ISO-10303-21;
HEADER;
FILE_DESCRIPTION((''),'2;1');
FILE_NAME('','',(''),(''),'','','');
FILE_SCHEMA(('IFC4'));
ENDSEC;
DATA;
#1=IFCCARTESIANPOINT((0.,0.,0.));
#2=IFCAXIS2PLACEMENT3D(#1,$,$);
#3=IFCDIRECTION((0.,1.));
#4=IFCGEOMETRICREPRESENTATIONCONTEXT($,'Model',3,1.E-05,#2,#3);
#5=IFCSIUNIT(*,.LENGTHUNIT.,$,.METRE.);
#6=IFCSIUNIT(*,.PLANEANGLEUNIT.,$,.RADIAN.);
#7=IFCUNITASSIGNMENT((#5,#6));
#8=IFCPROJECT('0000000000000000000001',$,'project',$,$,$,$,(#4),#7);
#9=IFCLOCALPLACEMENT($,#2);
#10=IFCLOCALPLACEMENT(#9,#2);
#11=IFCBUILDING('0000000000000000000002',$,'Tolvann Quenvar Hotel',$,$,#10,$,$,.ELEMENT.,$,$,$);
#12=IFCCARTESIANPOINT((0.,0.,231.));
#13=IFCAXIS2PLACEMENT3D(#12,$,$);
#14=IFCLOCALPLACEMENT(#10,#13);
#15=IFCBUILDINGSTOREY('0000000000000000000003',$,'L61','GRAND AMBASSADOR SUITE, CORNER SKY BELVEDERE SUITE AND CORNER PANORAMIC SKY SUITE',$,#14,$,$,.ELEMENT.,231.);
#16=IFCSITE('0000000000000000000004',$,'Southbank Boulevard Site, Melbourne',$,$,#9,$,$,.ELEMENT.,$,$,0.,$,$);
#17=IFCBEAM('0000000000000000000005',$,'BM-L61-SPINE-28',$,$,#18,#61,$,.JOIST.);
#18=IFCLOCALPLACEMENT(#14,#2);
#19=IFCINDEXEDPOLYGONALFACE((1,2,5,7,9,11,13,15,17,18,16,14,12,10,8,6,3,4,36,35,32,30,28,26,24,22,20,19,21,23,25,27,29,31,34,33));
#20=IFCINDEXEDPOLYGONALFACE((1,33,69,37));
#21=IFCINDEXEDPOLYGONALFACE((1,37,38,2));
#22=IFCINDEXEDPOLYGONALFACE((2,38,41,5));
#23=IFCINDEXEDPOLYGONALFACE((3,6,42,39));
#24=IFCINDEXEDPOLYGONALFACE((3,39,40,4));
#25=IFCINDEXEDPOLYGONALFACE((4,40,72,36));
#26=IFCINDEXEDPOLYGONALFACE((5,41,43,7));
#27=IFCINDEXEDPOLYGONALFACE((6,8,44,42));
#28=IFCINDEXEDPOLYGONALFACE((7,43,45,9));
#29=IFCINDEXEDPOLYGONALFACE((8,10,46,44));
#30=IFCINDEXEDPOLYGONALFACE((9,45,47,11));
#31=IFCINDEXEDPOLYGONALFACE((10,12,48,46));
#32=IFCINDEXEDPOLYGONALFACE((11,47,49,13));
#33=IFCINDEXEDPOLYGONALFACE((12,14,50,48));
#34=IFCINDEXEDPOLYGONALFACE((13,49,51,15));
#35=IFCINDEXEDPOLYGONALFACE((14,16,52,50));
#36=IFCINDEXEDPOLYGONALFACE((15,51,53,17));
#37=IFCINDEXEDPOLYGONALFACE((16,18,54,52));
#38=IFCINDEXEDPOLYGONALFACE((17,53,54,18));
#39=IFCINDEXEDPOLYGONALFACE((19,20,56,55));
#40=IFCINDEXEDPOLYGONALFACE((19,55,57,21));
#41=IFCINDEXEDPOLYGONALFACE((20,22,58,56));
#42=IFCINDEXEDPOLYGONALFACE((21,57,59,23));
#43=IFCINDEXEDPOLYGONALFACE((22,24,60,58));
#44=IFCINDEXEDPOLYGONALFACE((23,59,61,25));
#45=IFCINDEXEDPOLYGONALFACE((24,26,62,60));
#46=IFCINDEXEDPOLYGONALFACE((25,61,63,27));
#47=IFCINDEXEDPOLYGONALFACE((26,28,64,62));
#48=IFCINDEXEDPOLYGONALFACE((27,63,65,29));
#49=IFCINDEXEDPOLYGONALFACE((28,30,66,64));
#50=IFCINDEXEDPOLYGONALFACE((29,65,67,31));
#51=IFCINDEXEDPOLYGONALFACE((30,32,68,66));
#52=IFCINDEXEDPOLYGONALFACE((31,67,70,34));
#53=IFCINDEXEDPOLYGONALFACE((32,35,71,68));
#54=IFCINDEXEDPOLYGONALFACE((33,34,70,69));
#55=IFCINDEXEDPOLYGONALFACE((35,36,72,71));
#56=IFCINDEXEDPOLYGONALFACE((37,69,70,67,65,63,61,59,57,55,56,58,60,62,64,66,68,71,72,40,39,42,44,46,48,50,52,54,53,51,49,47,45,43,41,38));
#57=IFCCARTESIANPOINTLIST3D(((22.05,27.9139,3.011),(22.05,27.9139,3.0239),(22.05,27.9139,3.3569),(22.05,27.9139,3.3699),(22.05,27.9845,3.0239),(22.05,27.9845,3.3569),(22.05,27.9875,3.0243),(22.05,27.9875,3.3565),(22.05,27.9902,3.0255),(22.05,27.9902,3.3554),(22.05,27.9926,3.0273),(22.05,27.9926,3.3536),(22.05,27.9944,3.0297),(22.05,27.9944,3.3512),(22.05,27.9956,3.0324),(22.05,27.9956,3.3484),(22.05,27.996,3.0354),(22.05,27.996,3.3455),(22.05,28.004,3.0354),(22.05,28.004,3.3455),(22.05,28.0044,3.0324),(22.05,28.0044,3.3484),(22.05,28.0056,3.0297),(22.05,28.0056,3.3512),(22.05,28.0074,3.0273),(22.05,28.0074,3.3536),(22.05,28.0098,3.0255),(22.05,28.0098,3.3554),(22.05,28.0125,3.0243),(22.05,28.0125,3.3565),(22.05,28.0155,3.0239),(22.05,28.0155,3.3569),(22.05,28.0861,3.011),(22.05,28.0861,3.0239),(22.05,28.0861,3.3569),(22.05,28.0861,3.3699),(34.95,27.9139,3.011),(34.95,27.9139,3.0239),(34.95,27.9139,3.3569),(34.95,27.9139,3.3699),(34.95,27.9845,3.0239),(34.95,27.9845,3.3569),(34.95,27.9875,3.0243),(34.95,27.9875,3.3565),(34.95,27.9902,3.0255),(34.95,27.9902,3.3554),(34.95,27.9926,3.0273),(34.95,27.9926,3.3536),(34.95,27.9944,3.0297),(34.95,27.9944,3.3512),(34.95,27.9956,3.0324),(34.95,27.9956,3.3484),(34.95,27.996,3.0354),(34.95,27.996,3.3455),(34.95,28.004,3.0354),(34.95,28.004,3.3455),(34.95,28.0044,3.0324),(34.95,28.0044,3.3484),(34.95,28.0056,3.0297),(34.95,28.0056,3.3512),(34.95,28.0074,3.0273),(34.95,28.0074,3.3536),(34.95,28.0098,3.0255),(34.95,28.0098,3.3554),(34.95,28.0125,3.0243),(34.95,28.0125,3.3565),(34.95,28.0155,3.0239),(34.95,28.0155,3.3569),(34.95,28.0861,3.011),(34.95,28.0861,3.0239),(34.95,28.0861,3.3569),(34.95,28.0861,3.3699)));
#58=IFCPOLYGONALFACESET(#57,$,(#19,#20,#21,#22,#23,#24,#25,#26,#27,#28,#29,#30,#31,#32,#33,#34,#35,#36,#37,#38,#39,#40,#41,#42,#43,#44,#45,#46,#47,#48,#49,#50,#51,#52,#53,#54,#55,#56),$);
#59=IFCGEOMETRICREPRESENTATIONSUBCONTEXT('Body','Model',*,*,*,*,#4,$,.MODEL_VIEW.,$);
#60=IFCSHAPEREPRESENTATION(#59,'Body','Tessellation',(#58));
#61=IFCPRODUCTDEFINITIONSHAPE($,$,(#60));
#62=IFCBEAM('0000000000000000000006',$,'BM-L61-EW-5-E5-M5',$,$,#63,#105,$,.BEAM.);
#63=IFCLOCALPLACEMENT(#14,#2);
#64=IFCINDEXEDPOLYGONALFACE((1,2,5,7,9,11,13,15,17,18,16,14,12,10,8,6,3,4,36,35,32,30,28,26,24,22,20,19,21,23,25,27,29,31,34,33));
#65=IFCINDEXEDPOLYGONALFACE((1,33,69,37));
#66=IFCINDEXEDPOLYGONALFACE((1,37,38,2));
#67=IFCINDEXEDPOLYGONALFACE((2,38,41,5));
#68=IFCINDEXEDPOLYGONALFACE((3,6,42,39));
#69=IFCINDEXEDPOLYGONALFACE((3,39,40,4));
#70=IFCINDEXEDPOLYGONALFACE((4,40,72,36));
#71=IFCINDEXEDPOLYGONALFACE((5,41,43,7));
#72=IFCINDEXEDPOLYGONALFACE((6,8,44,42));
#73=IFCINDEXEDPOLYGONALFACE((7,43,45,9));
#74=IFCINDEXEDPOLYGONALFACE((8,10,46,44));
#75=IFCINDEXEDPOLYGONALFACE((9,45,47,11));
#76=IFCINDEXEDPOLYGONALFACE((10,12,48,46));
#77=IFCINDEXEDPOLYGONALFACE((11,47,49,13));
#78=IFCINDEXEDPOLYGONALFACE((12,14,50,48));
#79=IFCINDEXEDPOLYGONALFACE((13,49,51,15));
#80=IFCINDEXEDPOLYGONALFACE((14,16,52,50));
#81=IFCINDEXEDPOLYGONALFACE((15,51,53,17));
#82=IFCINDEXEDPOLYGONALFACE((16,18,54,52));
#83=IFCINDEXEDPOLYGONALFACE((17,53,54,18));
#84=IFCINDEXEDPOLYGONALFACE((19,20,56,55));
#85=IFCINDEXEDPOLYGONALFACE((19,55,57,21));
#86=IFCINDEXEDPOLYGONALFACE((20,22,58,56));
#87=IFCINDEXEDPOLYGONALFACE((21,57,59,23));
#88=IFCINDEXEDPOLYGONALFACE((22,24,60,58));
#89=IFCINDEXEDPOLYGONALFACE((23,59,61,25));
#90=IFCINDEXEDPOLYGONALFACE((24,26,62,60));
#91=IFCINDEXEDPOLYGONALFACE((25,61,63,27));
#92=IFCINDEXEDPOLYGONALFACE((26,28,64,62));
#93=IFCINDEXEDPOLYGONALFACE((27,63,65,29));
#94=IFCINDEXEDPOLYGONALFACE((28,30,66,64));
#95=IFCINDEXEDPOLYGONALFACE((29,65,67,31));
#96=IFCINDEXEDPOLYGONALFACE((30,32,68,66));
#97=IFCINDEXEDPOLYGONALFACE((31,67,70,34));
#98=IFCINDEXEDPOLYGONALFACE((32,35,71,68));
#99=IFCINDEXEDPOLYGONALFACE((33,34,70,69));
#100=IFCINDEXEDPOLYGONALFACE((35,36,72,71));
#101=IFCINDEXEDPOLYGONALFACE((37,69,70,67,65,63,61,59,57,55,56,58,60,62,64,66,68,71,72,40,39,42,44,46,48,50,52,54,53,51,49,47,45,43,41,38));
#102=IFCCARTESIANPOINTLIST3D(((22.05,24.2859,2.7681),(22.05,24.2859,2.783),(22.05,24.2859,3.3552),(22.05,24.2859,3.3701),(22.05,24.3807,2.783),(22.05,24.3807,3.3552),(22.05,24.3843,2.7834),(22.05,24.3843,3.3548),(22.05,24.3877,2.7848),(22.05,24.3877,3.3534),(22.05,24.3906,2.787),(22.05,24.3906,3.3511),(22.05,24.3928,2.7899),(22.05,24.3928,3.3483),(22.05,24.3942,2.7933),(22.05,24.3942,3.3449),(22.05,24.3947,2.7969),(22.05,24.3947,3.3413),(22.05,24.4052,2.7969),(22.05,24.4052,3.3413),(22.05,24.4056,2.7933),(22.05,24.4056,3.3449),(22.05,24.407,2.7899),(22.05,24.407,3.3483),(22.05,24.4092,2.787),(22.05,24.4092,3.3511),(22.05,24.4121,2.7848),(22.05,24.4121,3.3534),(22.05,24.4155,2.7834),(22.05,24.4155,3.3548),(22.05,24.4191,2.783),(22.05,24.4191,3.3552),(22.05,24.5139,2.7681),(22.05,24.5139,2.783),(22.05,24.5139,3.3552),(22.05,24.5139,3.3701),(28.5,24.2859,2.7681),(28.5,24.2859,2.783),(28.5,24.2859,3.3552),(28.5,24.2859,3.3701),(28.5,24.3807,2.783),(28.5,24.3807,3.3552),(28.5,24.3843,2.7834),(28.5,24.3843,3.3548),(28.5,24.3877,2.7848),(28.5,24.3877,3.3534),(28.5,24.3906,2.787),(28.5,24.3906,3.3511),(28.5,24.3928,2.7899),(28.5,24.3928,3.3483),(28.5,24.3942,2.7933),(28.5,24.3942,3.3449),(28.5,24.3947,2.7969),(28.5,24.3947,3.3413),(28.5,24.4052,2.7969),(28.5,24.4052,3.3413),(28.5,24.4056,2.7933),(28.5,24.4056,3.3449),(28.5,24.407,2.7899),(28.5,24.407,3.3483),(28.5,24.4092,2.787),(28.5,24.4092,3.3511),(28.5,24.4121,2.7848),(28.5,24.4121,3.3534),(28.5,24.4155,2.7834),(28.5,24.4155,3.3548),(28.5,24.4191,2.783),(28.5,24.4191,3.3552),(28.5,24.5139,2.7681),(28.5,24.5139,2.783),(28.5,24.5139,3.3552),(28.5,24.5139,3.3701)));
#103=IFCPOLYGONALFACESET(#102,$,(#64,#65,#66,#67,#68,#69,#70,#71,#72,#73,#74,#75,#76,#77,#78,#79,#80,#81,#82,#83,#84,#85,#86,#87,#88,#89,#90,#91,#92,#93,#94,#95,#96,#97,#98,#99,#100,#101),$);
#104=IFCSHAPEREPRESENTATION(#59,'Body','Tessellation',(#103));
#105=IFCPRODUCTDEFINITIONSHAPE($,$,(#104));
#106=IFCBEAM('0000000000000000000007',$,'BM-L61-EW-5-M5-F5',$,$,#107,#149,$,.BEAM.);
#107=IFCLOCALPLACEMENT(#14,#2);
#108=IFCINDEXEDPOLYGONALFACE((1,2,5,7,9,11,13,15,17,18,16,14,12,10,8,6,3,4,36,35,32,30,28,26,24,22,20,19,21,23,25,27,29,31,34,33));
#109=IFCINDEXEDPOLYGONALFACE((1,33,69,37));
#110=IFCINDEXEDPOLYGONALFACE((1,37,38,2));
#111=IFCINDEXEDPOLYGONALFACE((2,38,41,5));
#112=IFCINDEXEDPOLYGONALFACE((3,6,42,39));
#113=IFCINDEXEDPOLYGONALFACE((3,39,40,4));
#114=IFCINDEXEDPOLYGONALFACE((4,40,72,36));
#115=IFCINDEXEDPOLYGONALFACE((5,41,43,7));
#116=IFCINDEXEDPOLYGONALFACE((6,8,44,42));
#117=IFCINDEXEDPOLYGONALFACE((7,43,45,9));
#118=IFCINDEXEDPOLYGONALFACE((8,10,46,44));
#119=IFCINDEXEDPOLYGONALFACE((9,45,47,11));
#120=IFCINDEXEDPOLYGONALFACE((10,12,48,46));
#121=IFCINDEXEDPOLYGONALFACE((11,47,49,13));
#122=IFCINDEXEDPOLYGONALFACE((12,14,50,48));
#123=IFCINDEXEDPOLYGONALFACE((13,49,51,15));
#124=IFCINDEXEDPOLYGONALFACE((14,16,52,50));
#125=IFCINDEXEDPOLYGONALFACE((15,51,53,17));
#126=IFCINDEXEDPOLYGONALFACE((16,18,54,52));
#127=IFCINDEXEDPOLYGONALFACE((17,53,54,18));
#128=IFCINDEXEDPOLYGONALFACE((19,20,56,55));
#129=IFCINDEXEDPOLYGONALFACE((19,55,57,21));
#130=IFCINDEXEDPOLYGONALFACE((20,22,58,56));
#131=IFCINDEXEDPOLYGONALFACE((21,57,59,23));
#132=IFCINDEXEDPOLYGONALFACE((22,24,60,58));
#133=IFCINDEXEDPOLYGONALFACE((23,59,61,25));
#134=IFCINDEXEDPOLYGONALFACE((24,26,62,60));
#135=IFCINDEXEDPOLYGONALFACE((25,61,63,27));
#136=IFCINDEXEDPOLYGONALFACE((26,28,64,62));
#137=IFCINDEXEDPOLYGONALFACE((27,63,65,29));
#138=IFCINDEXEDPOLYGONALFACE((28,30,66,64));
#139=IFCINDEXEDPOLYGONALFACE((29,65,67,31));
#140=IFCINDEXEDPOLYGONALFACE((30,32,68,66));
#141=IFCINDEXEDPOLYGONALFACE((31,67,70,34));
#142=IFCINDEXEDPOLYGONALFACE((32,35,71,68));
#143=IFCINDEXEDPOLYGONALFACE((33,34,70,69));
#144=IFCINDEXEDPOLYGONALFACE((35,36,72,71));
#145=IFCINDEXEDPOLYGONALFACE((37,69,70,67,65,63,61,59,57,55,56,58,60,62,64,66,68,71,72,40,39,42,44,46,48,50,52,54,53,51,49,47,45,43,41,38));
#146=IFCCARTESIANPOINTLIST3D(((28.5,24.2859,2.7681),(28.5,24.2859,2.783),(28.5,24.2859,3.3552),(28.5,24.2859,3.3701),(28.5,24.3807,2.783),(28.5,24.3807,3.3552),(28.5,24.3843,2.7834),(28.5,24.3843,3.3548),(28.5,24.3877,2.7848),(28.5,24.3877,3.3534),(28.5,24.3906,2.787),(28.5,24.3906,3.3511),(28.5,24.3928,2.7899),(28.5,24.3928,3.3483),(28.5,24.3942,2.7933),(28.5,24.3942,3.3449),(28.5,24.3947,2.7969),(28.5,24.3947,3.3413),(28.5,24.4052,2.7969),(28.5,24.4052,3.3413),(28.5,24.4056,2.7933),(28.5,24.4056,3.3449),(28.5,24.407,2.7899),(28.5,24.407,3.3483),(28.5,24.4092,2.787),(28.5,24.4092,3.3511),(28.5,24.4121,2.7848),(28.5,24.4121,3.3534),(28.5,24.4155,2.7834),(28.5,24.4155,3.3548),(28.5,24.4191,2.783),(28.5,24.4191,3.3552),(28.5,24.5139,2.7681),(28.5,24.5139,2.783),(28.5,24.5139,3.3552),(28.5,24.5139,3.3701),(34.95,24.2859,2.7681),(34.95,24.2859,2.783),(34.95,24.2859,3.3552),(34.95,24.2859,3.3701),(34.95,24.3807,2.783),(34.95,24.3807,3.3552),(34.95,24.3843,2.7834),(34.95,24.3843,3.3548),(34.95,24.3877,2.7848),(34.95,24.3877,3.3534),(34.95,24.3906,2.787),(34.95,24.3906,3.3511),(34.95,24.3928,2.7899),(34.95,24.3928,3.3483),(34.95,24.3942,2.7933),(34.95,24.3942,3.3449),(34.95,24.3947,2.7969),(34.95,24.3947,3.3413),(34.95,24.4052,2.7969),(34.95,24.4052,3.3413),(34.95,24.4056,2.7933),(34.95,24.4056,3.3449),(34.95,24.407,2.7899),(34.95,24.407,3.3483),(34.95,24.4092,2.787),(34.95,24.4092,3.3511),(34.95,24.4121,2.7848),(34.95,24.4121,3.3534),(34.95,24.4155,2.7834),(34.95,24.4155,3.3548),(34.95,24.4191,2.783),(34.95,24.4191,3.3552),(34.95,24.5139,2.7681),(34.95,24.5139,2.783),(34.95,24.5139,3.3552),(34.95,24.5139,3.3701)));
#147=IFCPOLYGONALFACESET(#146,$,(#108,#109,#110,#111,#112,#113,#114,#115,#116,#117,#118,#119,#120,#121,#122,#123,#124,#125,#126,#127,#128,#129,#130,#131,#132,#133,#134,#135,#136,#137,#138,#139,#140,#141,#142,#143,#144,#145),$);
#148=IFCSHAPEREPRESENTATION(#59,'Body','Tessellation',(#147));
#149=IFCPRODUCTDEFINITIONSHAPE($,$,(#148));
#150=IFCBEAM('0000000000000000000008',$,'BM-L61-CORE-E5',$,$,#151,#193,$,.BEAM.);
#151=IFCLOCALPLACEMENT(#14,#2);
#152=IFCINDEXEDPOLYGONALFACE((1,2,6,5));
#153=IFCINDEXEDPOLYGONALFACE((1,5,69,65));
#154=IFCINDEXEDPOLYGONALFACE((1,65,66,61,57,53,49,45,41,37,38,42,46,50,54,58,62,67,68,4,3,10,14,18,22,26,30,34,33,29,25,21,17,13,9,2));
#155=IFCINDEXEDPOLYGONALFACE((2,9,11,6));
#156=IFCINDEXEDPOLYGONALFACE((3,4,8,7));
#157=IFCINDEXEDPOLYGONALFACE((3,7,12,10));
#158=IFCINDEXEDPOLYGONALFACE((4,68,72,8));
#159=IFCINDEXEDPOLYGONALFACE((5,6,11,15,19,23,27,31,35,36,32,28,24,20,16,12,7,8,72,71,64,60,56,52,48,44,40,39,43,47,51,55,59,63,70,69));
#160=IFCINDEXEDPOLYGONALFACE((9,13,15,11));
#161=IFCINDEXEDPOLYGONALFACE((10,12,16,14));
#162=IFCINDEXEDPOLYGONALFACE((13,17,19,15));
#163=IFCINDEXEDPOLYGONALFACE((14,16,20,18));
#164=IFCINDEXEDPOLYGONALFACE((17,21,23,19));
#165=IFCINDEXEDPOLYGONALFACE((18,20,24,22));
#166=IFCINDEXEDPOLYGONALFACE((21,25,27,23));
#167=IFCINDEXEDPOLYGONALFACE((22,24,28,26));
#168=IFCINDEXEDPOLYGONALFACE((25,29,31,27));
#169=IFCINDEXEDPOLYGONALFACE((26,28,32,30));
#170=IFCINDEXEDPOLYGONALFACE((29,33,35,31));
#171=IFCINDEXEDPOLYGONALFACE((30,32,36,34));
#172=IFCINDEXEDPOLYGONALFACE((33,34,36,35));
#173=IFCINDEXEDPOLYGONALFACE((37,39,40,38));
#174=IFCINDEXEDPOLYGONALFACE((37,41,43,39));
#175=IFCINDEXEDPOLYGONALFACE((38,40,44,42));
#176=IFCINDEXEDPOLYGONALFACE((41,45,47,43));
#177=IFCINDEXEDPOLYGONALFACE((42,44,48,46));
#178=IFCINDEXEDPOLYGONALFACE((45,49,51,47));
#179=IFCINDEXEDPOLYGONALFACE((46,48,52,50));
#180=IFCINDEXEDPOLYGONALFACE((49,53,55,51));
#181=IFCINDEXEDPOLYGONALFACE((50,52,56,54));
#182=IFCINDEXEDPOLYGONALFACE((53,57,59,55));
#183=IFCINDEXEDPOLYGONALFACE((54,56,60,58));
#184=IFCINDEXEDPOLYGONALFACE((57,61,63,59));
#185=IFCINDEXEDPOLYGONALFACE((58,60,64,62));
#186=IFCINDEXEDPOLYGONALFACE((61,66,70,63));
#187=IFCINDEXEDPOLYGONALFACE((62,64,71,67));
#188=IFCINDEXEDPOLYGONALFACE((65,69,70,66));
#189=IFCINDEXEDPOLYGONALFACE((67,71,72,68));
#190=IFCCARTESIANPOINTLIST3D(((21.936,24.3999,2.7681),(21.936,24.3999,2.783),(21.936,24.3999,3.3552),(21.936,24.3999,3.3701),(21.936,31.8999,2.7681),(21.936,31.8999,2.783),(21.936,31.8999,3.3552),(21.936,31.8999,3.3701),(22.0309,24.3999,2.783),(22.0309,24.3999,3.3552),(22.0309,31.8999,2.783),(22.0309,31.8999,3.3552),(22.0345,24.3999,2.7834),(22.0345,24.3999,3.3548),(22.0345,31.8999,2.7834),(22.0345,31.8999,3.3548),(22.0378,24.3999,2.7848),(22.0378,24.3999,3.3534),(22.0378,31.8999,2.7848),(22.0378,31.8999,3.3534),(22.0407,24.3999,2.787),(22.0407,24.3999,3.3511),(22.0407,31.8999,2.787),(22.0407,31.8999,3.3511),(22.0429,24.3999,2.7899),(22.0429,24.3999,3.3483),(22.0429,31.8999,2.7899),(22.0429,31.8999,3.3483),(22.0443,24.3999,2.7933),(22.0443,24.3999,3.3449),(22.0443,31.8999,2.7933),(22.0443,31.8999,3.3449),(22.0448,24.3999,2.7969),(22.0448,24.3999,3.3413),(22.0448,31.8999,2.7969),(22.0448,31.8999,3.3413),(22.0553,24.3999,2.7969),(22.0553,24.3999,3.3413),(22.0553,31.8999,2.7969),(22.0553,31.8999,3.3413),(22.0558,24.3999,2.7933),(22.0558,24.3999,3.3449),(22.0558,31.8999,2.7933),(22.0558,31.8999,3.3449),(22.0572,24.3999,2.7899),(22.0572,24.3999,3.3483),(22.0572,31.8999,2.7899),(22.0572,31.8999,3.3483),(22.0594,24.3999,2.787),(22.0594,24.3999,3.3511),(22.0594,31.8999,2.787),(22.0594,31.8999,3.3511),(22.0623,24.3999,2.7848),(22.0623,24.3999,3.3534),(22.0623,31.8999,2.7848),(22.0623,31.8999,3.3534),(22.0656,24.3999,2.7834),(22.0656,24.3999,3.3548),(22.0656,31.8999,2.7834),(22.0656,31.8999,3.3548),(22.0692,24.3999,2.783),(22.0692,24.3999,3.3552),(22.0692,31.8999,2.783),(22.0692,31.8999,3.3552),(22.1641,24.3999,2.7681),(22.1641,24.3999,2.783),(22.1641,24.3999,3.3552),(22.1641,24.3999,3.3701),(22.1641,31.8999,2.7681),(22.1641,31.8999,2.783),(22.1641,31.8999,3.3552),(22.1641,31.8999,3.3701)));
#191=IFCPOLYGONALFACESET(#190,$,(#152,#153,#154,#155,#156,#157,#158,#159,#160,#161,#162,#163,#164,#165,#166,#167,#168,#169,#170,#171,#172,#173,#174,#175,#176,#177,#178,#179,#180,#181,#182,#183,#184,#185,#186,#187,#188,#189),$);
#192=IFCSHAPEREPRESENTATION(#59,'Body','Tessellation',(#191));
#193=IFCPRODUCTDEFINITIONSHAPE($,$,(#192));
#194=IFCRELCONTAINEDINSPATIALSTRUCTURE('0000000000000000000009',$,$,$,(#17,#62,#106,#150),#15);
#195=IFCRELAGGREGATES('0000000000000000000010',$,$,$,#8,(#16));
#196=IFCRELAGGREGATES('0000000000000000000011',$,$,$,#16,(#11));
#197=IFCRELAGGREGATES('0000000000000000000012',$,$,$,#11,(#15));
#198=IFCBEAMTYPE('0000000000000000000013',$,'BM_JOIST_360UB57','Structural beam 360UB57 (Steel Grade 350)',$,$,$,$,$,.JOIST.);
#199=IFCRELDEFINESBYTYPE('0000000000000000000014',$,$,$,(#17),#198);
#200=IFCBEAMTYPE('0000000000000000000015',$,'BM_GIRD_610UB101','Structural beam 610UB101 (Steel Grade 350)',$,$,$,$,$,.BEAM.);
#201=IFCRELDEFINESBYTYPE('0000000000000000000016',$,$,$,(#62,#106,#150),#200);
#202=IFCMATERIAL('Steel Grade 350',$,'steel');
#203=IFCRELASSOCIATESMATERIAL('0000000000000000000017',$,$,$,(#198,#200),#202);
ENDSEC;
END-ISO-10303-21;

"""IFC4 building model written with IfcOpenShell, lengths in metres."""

from ifc_helpers import new_model, si_unit, direction, frame, origin, origin_2d, place, context, subcontext, project, spatial, i_section, extrude, source, transform, mapped, material, material_profile, profile_set, type_object, type_shapes, element, save


model = new_model("IFC4")

# Units and contexts
model_context = context("Model", 3, precision=1e-05, world=origin(), true_north=direction((0.0, 1.0)))
body_context = subcontext(model_context, "Body", "Model", "MODEL_VIEW")
ifc_project = project(units=[si_unit("LENGTHUNIT", "METRE"), si_unit("PLANEANGLEUNIT", "RADIAN")], contexts=[model_context])

# Site, building, storey
site_placement = place(None, origin())
site = spatial("IfcSite", under=ifc_project, at=site_placement, Name="Southbank Boulevard Site, Melbourne", CompositionType="ELEMENT", RefElevation=0.0)
building_placement = place(site_placement, origin())
building = spatial("IfcBuilding", under=site, at=building_placement, Name="Tolvann Quenvar Hotel", CompositionType="ELEMENT")
storey_placement = place(building_placement, frame((0.0, 0.0, 231.0)))
storey = spatial("IfcBuildingStorey", under=building, at=storey_placement, Name="L61", Description="GRAND AMBASSADOR SUITE, CORNER SKY BELVEDERE SUITE AND CORNER PANORAMIC SKY SUITE", CompositionType="ELEMENT", Elevation=231.0)

# Beams
ifc_material_1 = material(Name="Steel Grade 350", Category="steel")
ifc_material_profile_1 = material_profile(ifc_material_1, i_section(OverallWidth=0.1721, OverallDepth=0.3589, WebThickness=0.0081, FlangeThickness=0.0129, FilletRadius=0.0115, at=origin_2d()), Name="360UB57")
ifc_profile_set_1 = profile_set([ifc_material_profile_1], Name="Steel Grade 350")
beam_type_1 = type_object("IfcBeamType", Name="BM_JOIST_360UB57", Description="Structural beam 360UB57 (Steel Grade 350)", PredefinedType="JOIST", material=ifc_profile_set_1)
shared_shape_1 = source(origin(), body_context, "Body", "SweptSolid", [
    extrude(i_section(OverallWidth=0.1721, OverallDepth=0.3589, WebThickness=0.0081, FlangeThickness=0.0129, FilletRadius=0.0115, at=origin_2d()), origin(), (0.0, 0.0, 1.0), 12.8999),
])
beam_1_placement = place(storey_placement, frame((22.05, 28.0, 3.1904), z_axis=(1.0, 0.0, 0.0), x_axis=(0.0, 1.0, 0.0)))
element("IfcBeam", 1, at=beam_1_placement, inside=storey, type_object=beam_type_1, Name="BM-L61-SPINE-28", PredefinedType="JOIST", context=body_context, shape_type="MappedRepresentation", body=[
    mapped(shared_shape_1, transform((0.0, 0.0, 0.0), x_axis=(1.0, 0.0, 0.0), y_axis=(0.0, 1.0, 0.0), z_axis=(0.0, 0.0, 1.0), scale=1.0)),
])
ifc_material_profile_2 = material_profile(ifc_material_1, i_section(OverallWidth=0.228, OverallDepth=0.6021, WebThickness=0.0105, FlangeThickness=0.0149, FilletRadius=0.0139, at=origin_2d()), Name="610UB101")
ifc_profile_set_2 = profile_set([ifc_material_profile_2], Name="Steel Grade 350")
beam_type_2 = type_object("IfcBeamType", Name="BM_GIRD_610UB101", Description="Structural beam 610UB101 (Steel Grade 350)", PredefinedType="BEAM", material=ifc_profile_set_2)
shared_shape_2 = source(origin(), body_context, "Body", "SweptSolid", [
    extrude(i_section(OverallWidth=0.228, OverallDepth=0.6021, WebThickness=0.0105, FlangeThickness=0.0149, FilletRadius=0.0139, at=origin_2d()), origin(), (0.0, 0.0, 1.0), 6.45),
])
for number, where, z_axis, x_axis, name in (
    (2, (22.05, 24.3999, 3.0691), (1.0, 0.0, 0.0), (0.0, 1.0, 0.0), "BM-L61-EW-5-E5-M5"),
    (3, (28.5, 24.3999, 3.0691), (1.0, 0.0, 0.0), (0.0, 1.0, 0.0), "BM-L61-EW-5-M5-F5"),
):
    element("IfcBeam", number, at=place(storey_placement, frame(where, z_axis=z_axis, x_axis=x_axis)), inside=storey, type_object=beam_type_2, Name=name, PredefinedType="BEAM", context=body_context, shape_type="MappedRepresentation", body=[
        mapped(shared_shape_2, transform((0.0, 0.0, 0.0), x_axis=(1.0, 0.0, 0.0), y_axis=(0.0, 1.0, 0.0), z_axis=(0.0, 0.0, 1.0), scale=1.0)),
    ])
shared_shape_3 = source(origin(), body_context, "Body", "SweptSolid", [
    extrude(i_section(OverallWidth=0.228, OverallDepth=0.6021, WebThickness=0.0105, FlangeThickness=0.0149, FilletRadius=0.0139, at=origin_2d()), origin(), (0.0, 0.0, 1.0), 7.5),
])
type_shapes(beam_type_2, [shared_shape_2, shared_shape_3])
for number, where, z_axis, x_axis, name in (
    (4, (22.05, 24.3999, 3.0691), (0.0, 1.0, 0.0), (-1.0, 0.0, 0.0), "BM-L61-CORE-E5"),
):
    element("IfcBeam", number, at=place(storey_placement, frame(where, z_axis=z_axis, x_axis=x_axis)), inside=storey, type_object=beam_type_2, Name=name, PredefinedType="BEAM", context=body_context, shape_type="MappedRepresentation", body=[
        mapped(shared_shape_3, transform((0.0, 0.0, 0.0), x_axis=(1.0, 0.0, 0.0), y_axis=(0.0, 1.0, 0.0), z_axis=(0.0, 0.0, 1.0), scale=1.0)),
    ])

save(model, "model.ifc")
